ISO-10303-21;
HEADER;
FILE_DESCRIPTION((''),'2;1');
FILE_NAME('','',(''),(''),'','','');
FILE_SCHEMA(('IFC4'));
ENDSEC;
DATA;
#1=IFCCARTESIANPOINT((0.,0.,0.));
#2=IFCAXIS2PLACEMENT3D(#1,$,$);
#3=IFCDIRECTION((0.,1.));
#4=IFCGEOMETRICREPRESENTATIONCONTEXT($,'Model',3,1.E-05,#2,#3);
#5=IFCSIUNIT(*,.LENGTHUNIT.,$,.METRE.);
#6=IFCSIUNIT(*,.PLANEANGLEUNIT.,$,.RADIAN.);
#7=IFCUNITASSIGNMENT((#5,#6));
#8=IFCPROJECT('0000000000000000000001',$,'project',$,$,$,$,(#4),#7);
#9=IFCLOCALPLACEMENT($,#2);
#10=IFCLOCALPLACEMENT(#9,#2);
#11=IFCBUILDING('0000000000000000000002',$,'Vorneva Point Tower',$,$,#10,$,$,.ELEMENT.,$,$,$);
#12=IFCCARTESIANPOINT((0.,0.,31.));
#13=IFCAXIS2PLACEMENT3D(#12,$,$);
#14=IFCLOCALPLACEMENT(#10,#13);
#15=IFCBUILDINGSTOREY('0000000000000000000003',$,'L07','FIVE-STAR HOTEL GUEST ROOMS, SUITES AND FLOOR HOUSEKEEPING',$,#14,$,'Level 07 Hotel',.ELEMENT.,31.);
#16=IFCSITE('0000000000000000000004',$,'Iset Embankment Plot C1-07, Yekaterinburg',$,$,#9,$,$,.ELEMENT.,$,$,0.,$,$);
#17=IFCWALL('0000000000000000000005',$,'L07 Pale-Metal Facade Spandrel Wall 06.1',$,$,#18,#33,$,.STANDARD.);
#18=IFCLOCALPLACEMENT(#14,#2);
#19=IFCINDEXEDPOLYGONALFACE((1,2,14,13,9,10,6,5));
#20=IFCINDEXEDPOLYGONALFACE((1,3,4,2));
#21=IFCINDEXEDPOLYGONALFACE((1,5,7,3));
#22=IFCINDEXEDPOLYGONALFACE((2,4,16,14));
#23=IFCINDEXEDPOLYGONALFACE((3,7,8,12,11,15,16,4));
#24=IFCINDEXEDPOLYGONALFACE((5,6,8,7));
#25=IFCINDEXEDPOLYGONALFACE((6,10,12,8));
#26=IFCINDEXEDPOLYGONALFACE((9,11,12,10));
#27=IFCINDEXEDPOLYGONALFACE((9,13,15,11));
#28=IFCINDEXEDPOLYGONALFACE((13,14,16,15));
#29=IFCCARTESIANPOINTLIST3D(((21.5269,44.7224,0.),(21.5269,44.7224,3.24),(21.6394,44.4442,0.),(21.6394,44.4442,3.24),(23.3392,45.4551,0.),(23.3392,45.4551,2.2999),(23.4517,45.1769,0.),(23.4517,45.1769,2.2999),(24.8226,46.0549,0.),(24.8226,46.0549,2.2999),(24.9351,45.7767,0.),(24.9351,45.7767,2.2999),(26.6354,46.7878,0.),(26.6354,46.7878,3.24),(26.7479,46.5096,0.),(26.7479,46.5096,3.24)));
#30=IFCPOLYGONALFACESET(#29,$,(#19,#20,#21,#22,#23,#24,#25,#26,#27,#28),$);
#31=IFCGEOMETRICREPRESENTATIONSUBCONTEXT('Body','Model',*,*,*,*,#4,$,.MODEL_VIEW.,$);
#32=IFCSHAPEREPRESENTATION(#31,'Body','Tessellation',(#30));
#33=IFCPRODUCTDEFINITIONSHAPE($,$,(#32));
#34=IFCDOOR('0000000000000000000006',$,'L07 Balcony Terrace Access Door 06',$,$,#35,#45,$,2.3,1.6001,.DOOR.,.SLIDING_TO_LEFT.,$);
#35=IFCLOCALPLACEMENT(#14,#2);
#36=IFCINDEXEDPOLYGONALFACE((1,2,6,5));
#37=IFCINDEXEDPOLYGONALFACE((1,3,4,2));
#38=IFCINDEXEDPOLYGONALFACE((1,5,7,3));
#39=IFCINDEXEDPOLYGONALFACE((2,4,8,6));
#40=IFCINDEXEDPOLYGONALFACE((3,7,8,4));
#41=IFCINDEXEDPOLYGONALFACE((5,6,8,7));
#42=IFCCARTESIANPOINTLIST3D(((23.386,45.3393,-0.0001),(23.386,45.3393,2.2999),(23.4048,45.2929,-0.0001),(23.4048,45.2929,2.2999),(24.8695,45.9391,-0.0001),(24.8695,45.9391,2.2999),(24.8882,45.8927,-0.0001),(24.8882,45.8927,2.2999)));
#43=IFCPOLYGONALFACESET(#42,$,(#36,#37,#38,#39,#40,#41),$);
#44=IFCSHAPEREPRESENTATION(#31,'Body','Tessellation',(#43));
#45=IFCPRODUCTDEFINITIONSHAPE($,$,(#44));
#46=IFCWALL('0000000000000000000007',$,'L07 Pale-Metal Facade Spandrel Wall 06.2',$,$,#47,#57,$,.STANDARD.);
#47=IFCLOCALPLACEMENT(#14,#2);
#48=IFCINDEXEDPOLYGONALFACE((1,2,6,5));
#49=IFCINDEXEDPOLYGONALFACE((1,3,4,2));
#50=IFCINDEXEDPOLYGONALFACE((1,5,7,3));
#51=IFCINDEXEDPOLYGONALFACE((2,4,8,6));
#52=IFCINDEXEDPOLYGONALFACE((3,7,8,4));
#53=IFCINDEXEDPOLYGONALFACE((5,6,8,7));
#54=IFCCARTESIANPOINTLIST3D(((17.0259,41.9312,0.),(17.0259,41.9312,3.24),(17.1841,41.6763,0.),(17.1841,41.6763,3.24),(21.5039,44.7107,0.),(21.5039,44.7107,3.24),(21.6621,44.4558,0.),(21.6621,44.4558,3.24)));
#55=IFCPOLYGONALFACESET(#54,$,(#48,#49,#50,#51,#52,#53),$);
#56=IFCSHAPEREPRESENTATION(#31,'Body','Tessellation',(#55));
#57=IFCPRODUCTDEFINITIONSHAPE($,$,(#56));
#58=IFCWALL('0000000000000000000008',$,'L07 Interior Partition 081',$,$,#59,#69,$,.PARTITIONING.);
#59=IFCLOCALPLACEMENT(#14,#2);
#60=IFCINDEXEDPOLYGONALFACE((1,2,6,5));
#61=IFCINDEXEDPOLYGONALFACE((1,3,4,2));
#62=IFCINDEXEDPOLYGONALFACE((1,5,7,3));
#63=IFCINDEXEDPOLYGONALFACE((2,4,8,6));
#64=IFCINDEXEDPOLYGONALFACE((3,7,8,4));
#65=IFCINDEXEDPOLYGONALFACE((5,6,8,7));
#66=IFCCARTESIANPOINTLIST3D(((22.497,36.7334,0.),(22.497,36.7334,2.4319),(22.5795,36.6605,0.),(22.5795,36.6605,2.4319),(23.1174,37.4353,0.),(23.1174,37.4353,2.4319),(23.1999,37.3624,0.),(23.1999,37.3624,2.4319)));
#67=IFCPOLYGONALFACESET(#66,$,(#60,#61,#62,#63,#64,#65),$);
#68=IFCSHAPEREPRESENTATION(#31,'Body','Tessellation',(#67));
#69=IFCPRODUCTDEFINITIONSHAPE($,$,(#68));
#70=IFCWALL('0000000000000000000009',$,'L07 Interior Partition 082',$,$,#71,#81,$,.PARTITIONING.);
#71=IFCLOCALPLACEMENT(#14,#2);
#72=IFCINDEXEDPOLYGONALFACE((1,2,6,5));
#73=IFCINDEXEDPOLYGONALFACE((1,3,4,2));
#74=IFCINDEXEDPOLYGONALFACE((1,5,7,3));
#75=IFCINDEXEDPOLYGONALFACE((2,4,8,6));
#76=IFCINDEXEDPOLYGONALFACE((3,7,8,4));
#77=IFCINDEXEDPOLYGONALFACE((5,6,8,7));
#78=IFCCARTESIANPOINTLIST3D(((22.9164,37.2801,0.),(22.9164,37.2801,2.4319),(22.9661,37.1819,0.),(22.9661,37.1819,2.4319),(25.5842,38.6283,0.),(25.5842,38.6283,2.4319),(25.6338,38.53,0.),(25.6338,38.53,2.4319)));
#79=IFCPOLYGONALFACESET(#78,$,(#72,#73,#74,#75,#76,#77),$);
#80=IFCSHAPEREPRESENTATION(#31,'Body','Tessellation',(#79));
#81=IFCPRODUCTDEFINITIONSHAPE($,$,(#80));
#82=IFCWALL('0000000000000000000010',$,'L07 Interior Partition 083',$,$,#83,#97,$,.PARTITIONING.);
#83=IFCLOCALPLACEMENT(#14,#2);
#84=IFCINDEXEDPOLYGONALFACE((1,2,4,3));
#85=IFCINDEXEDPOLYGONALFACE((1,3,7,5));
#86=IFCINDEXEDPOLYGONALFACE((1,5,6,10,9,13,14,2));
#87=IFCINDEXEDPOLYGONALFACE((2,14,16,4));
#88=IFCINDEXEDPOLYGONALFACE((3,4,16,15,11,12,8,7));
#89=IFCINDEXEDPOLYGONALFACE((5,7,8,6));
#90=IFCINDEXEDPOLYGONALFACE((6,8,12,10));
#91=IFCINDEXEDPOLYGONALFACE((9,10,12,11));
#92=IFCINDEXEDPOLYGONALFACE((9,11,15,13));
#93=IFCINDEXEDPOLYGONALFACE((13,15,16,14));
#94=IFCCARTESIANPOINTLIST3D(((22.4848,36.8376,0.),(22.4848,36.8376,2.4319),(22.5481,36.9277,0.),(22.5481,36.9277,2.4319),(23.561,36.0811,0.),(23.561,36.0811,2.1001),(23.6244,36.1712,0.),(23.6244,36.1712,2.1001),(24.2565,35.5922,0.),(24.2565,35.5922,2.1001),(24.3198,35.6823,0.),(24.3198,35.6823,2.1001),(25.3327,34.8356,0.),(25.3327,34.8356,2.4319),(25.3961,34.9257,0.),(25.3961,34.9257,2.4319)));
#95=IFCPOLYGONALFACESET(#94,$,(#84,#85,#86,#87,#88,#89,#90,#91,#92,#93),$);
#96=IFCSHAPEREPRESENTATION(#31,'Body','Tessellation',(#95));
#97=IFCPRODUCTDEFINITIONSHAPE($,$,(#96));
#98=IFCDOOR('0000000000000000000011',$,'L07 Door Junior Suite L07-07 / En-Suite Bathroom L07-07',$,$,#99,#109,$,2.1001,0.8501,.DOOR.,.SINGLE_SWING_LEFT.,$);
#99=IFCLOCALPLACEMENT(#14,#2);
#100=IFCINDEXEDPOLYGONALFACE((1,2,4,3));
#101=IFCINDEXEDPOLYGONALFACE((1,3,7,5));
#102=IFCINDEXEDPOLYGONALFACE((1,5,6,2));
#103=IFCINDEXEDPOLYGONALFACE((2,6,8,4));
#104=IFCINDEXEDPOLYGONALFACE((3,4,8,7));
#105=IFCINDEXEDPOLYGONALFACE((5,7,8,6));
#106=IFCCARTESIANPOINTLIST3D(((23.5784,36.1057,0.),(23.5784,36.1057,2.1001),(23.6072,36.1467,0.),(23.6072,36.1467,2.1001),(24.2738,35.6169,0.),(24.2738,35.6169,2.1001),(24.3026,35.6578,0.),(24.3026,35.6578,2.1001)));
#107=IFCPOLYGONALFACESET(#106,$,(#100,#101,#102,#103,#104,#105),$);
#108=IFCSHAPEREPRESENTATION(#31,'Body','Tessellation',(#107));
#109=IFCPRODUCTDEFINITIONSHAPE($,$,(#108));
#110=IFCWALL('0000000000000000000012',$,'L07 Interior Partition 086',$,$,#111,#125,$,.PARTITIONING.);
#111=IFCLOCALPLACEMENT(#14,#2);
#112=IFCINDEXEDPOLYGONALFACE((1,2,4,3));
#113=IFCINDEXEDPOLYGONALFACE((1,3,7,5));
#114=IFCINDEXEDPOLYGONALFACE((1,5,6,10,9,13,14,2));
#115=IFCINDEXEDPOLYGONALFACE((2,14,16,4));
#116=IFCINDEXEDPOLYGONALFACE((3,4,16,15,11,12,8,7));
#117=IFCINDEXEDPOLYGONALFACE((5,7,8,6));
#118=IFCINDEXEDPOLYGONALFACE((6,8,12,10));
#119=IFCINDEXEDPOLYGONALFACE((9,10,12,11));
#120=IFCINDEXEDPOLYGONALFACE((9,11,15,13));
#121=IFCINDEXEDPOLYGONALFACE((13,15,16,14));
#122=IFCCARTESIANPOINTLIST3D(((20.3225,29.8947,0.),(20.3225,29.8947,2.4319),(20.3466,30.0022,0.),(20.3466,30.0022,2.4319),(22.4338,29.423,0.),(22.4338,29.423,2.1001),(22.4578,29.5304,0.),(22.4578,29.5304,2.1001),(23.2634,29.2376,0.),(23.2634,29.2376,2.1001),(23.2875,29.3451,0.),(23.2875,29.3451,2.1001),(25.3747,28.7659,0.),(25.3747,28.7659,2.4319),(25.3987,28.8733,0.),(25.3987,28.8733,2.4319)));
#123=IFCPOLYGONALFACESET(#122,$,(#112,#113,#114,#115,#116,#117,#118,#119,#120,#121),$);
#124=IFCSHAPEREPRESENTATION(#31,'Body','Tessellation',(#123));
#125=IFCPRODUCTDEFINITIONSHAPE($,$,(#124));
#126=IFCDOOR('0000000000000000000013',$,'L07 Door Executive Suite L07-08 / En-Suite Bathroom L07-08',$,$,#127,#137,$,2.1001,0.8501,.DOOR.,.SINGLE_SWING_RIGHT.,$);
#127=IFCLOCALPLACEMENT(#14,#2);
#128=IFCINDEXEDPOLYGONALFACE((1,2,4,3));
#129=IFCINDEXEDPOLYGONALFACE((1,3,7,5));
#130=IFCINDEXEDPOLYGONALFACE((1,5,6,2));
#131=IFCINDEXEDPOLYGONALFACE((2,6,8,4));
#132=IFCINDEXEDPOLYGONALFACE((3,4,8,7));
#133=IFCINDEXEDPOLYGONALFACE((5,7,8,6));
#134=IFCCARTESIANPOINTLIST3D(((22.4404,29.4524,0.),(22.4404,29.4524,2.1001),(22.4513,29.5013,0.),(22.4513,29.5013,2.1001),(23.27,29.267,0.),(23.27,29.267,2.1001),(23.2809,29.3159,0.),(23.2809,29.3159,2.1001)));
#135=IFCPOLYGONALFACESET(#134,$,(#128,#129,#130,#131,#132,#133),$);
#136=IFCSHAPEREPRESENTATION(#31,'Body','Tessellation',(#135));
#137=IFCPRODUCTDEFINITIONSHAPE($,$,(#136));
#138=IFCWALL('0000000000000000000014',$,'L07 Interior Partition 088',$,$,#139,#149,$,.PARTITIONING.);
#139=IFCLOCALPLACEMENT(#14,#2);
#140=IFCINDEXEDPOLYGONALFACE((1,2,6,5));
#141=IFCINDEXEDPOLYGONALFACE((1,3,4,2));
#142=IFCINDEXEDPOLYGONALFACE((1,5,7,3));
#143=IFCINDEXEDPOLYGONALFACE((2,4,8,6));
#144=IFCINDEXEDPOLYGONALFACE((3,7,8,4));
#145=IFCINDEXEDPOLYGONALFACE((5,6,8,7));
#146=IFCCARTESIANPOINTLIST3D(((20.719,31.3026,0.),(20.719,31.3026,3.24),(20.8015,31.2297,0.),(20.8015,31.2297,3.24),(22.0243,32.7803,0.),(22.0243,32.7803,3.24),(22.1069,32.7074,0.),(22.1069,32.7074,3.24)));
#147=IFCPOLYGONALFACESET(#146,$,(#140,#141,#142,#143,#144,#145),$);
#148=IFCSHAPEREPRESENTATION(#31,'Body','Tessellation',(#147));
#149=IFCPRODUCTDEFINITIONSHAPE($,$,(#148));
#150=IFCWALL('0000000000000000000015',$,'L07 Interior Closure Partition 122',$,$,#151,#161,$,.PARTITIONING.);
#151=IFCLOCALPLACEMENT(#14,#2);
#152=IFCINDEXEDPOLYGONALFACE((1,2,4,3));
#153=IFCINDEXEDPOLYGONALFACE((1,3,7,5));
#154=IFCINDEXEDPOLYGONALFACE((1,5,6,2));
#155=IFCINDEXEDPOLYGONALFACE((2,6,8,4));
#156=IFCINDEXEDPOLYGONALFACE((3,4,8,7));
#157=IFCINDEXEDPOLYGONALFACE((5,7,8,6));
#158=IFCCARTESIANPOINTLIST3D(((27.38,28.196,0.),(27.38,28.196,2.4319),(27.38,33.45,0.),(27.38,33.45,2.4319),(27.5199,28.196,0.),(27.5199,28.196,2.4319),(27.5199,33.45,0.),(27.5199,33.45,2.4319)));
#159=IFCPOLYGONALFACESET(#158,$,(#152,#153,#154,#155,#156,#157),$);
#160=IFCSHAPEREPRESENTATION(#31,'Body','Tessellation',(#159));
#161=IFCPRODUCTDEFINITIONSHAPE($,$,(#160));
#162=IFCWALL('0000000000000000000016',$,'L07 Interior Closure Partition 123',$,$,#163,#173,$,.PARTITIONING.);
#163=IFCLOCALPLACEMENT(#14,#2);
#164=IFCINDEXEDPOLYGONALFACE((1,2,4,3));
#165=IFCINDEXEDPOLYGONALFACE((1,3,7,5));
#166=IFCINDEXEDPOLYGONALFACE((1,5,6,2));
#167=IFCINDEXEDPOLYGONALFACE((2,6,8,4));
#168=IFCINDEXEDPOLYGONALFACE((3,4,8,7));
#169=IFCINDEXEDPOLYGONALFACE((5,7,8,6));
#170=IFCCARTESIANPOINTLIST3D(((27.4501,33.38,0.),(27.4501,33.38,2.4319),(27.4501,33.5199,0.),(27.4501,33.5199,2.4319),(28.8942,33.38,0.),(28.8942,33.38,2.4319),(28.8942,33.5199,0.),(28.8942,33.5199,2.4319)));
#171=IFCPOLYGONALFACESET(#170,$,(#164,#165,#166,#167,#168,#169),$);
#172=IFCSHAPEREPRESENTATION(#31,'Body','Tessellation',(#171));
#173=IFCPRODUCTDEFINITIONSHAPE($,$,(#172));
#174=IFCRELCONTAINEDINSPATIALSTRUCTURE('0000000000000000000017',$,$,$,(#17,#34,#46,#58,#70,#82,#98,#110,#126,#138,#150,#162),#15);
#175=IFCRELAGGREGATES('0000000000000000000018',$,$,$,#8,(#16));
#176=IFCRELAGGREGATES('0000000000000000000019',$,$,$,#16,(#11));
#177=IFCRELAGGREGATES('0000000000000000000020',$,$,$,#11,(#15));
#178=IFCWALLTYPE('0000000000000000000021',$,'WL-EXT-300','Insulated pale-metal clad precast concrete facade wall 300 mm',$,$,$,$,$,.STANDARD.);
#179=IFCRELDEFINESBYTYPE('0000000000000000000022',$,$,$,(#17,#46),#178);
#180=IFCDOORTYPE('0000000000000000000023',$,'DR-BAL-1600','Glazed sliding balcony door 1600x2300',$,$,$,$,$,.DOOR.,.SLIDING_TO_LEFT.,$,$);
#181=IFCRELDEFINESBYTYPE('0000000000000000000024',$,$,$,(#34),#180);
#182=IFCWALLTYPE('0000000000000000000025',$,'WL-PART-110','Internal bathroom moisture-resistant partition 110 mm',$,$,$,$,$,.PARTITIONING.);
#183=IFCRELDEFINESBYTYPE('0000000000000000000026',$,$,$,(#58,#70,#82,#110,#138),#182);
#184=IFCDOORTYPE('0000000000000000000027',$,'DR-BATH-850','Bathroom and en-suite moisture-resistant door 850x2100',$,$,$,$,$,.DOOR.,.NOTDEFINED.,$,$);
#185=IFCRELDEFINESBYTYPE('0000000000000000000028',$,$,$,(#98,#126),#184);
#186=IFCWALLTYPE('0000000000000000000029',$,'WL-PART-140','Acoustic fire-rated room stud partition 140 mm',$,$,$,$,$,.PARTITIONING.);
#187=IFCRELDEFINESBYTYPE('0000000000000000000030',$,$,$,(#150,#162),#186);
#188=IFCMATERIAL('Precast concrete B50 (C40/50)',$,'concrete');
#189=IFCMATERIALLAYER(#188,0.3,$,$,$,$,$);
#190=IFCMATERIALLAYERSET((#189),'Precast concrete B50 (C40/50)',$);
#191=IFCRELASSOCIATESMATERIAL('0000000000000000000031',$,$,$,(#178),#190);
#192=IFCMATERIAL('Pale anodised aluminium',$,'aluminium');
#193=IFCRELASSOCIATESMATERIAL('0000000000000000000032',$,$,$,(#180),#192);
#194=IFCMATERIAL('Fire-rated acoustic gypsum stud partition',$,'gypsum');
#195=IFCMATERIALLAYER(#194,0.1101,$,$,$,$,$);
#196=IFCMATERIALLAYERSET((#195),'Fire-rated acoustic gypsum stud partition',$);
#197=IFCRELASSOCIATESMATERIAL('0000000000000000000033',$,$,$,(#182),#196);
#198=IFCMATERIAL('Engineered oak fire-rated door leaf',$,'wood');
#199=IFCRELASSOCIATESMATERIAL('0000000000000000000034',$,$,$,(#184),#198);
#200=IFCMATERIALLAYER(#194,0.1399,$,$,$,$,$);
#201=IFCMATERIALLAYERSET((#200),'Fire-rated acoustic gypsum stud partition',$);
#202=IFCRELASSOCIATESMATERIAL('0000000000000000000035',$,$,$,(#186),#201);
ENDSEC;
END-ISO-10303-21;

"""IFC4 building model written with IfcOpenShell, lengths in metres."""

from ifc_helpers import new_model, si_unit, direction, frame, frame_2d, origin, place, context, subcontext, project, spatial, rectangle, extrude, material, layer, layer_set, type_object, element, fill, save


model = new_model("IFC4")

# Units and contexts
model_context = context("Model", 3, precision=1e-05, world=origin(), true_north=direction((0.0, 1.0)))
body_context = subcontext(model_context, "Body", "Model", "MODEL_VIEW")
ifc_project = project(units=[si_unit("LENGTHUNIT", "METRE"), si_unit("PLANEANGLEUNIT", "RADIAN")], contexts=[model_context])

# Site, building, storey
site_placement = place(None, origin())
site = spatial("IfcSite", under=ifc_project, at=site_placement, Name="Iset Embankment Plot C1-07, Yekaterinburg", CompositionType="ELEMENT", RefElevation=0.0)
building_placement = place(site_placement, origin())
building = spatial("IfcBuilding", under=site, at=building_placement, Name="Vorneva Point Tower", CompositionType="ELEMENT")
storey_placement = place(building_placement, frame((0.0, 0.0, 31.0)))
storey = spatial("IfcBuildingStorey", under=building, at=storey_placement, Name="L07", Description="FIVE-STAR HOTEL GUEST ROOMS, SUITES AND FLOOR HOUSEKEEPING", LongName="Level 07 Hotel", CompositionType="ELEMENT", Elevation=31.0)

# Shared definitions
ifc_material_1 = material(Name="Pale anodised aluminium", Category="aluminium")

# Wall, opening, door
ifc_material_2 = material(Name="Precast concrete B50 (C40/50)", Category="concrete")
ifc_layer_1 = layer(ifc_material_2, 0.3)
ifc_layer_set_1 = layer_set([ifc_layer_1], Name="Precast concrete B50 (C40/50)")
wall_type_1 = type_object("IfcWallType", Name="WL-EXT-300", Description="Insulated pale-metal clad precast concrete facade wall 300 mm", PredefinedType="STANDARD", material=ifc_layer_set_1)
wall_1_placement = place(storey_placement, frame((26.6917, 46.6487, 0.0), z_axis=(0.0, 0.0, 1.0), x_axis=(-0.927095, -0.374826, 0.0)))
wall_1 = element("IfcWall", 1, at=wall_1_placement, inside=storey, type_object=wall_type_1, Name="L07 Pale-Metal Facade Spandrel Wall 06.1", PredefinedType="STANDARD", context=body_context, shape_type="SweptSolid", body=[
    extrude(rectangle(XDim=5.5103, YDim=0.3, at=frame_2d((2.7551, 0.0))), origin(), (0.0, 0.0, 1.0), 3.24),
])
opening_1_placement = place(wall_1_placement, frame((1.9553, 0.0, 0.0)))
opening_1 = element("IfcOpeningElement", 2, at=opening_1_placement, cuts=wall_1, PredefinedType="OPENING", context=body_context, shape_type="SweptSolid", body=[
    extrude(rectangle(XDim=1.6001, YDim=2.3, at=frame_2d((0.8, 1.1499))), frame((0.0, 0.165, 0.0), z_axis=(0.0, -1.0, 0.0), x_axis=(1.0, 0.0, 0.0)), (0.0, 0.0, 1.0), 0.3298),
])
door_type_1 = type_object("IfcDoorType", Name="DR-BAL-1600", Description="Glazed sliding balcony door 1600x2300", OperationType="SLIDING_TO_LEFT", PredefinedType="DOOR", material=ifc_material_1)
door_1_placement = place(opening_1_placement, origin())
door_1 = element("IfcDoor", 3, at=door_1_placement, inside=storey, type_object=door_type_1, Name="L07 Balcony Terrace Access Door 06", OperationType="SLIDING_TO_LEFT", OverallHeight=2.3, OverallWidth=1.6001, PredefinedType="DOOR", context=body_context, shape_type="SweptSolid", body=[
    extrude(rectangle(XDim=1.6001, YDim=2.3, at=frame_2d((0.8, 1.1499))), frame((0.0, 0.0249, 0.0), z_axis=(0.0, -1.0, 0.0), x_axis=(1.0, 0.0, 0.0)), (0.0, 0.0, 1.0), 0.05),
])
fill(opening_1, door_1)

# Walls
wall_2_placement = place(storey_placement, frame((21.583, 44.5833, 0.0), z_axis=(0.0, 0.0, 1.0), x_axis=(-0.849634, -0.527373, 0.0)))
element("IfcWall", 4, at=wall_2_placement, inside=storey, type_object=wall_type_1, Name="L07 Pale-Metal Facade Spandrel Wall 06.2", PredefinedType="STANDARD", context=body_context, shape_type="SweptSolid", body=[
    extrude(rectangle(XDim=5.2705, YDim=0.3, at=frame_2d((2.6353, 0.0))), origin(), (0.0, 0.0, 1.0), 3.24),
])
ifc_material_3 = material(Name="Fire-rated acoustic gypsum stud partition", Category="gypsum")
ifc_layer_2 = layer(ifc_material_3, 0.1101)
ifc_layer_set_2 = layer_set([ifc_layer_2], Name="Fire-rated acoustic gypsum stud partition")
wall_type_2 = type_object("IfcWallType", Name="WL-PART-110", Description="Internal bathroom moisture-resistant partition 110 mm", PredefinedType="PARTITIONING", material=ifc_layer_set_2)
wall_3_placement = place(storey_placement, frame((22.5383, 36.697, 0.0), z_axis=(0.0, 0.0, 1.0), x_axis=(0.662242, 0.74929, 0.0)))
element("IfcWall", 5, at=wall_3_placement, inside=storey, type_object=wall_type_2, Name="L07 Interior Partition 081", PredefinedType="PARTITIONING", context=body_context, shape_type="SweptSolid", body=[
    extrude(rectangle(XDim=0.9368, YDim=0.1101, at=frame_2d((0.4683, 0.0))), origin(), (0.0, 0.0, 1.0), 2.4319),
])
wall_4_placement = place(storey_placement, frame((22.9412, 37.231, 0.0), z_axis=(0.0, 0.0, 1.0), x_axis=(0.892508, 0.451032, 0.0)))
element("IfcWall", 6, at=wall_4_placement, inside=storey, type_object=wall_type_2, Name="L07 Interior Partition 082", PredefinedType="PARTITIONING", context=body_context, shape_type="SweptSolid", body=[
    extrude(rectangle(XDim=2.989, YDim=0.1101, at=frame_2d((1.4946, 0.0))), origin(), (0.0, 0.0, 1.0), 2.4319),
])

# Walls, openings, doors
wall_5_placement = place(storey_placement, frame((25.3645, 34.8806, 0.0), z_axis=(0.0, 0.0, 1.0), x_axis=(-0.818094, 0.575085, 0.0)))
wall_5 = element("IfcWall", 7, at=wall_5_placement, inside=storey, type_object=wall_type_2, Name="L07 Interior Partition 083", PredefinedType="PARTITIONING", context=body_context, shape_type="SweptSolid", body=[
    extrude(rectangle(XDim=3.4812, YDim=0.1101, at=frame_2d((1.7407, 0.0))), origin(), (0.0, 0.0, 1.0), 2.4319),
])
opening_2_placement = place(wall_5_placement, frame((1.3157, 0.0, 0.0)))
opening_2 = element("IfcOpeningElement", 8, at=opening_2_placement, cuts=wall_5, PredefinedType="OPENING", context=body_context, shape_type="SweptSolid", body=[
    extrude(rectangle(XDim=0.8501, YDim=2.1001, at=frame_2d((0.425, 1.05))), frame((0.0, 0.0698, 0.0), z_axis=(0.0, -1.0, 0.0), x_axis=(1.0, 0.0, 0.0)), (0.0, 0.0, 1.0), 0.1399),
])
ifc_material_4 = material(Name="Engineered oak fire-rated door leaf", Category="wood")
door_type_2 = type_object("IfcDoorType", Name="DR-BATH-850", Description="Bathroom and en-suite moisture-resistant door 850x2100", OperationType="NOTDEFINED", PredefinedType="DOOR", material=ifc_material_4)
door_2_placement = place(opening_2_placement, origin())
door_2 = element("IfcDoor", 9, at=door_2_placement, inside=storey, type_object=door_type_2, Name="L07 Door Junior Suite L07-07 / En-Suite Bathroom L07-07", OperationType="SINGLE_SWING_LEFT", OverallHeight=2.1001, OverallWidth=0.8501, PredefinedType="DOOR", context=body_context, shape_type="SweptSolid", body=[
    extrude(rectangle(XDim=0.8501, YDim=2.1001, at=frame_2d((0.425, 1.05))), frame((0.0, 0.0249, 0.0), z_axis=(0.0, -1.0, 0.0), x_axis=(1.0, 0.0, 0.0)), (0.0, 0.0, 1.0), 0.05),
])
fill(opening_2, door_2)
wall_6_placement = place(storey_placement, frame((25.3867, 28.8196, 0.0), z_axis=(0.0, 0.0, 1.0), x_axis=(-0.975933, 0.218069, 0.0)))
wall_6 = element("IfcWall", 10, at=wall_6_placement, inside=storey, type_object=wall_type_2, Name="L07 Interior Partition 086", PredefinedType="PARTITIONING", context=body_context, shape_type="SweptSolid", body=[
    extrude(rectangle(XDim=5.1768, YDim=0.1101, at=frame_2d((2.5884, 0.0))), origin(), (0.0, 0.0, 1.0), 2.4319),
])
opening_3_placement = place(wall_6_placement, frame((2.1633, 0.0, 0.0)))
opening_3 = element("IfcOpeningElement", 11, at=opening_3_placement, cuts=wall_6, PredefinedType="OPENING", context=body_context, shape_type="SweptSolid", body=[
    extrude(rectangle(XDim=0.8501, YDim=2.1001, at=frame_2d((0.425, 1.05))), frame((0.0, 0.0698, 0.0), z_axis=(0.0, -1.0, 0.0), x_axis=(1.0, 0.0, 0.0)), (0.0, 0.0, 1.0), 0.1399),
])
door_3_placement = place(opening_3_placement, origin())
door_3 = element("IfcDoor", 12, at=door_3_placement, inside=storey, type_object=door_type_2, Name="L07 Door Executive Suite L07-08 / En-Suite Bathroom L07-08", OperationType="SINGLE_SWING_RIGHT", OverallHeight=2.1001, OverallWidth=0.8501, PredefinedType="DOOR", context=body_context, shape_type="SweptSolid", body=[
    extrude(rectangle(XDim=0.8501, YDim=2.1001, at=frame_2d((0.425, 1.05))), frame((0.0, 0.0249, 0.0), z_axis=(0.0, -1.0, 0.0), x_axis=(1.0, 0.0, 0.0)), (0.0, 0.0, 1.0), 0.05),
])
fill(opening_3, door_3)

# Walls
wall_7_placement = place(storey_placement, frame((20.7603, 31.2661, 0.0), z_axis=(0.0, 0.0, 1.0), x_axis=(0.662047, 0.749462, 0.0)))
element("IfcWall", 13, at=wall_7_placement, inside=storey, type_object=wall_type_2, Name="L07 Interior Partition 088", PredefinedType="PARTITIONING", context=body_context, shape_type="SweptSolid", body=[
    extrude(rectangle(XDim=1.9717, YDim=0.1101, at=frame_2d((0.9858, 0.0))), origin(), (0.0, 0.0, 1.0), 3.24),
])
ifc_layer_3 = layer(ifc_material_3, 0.1399)
ifc_layer_set_3 = layer_set([ifc_layer_3], Name="Fire-rated acoustic gypsum stud partition")
wall_type_3 = type_object("IfcWallType", Name="WL-PART-140", Description="Acoustic fire-rated room stud partition 140 mm", PredefinedType="PARTITIONING", material=ifc_layer_set_3)
wall_8_placement = place(storey_placement, frame((27.45, 28.196, 0.0), z_axis=(0.0, 0.0, 1.0), x_axis=(0.0, 1.0, 0.0)))
element("IfcWall", 14, at=wall_8_placement, inside=storey, type_object=wall_type_3, Name="L07 Interior Closure Partition 122", PredefinedType="PARTITIONING", context=body_context, shape_type="SweptSolid", body=[
    extrude(rectangle(XDim=5.2539, YDim=0.1399, at=frame_2d((2.627, 0.0))), origin(), (0.0, 0.0, 1.0), 2.4319),
])
wall_9_placement = place(storey_placement, frame((27.45, 33.45, 0.0), z_axis=(0.0, 0.0, 1.0), x_axis=(1.0, 0.0, 0.0)))
element("IfcWall", 15, at=wall_9_placement, inside=storey, type_object=wall_type_3, Name="L07 Interior Closure Partition 123", PredefinedType="PARTITIONING", context=body_context, shape_type="SweptSolid", body=[
    extrude(rectangle(XDim=1.4441, YDim=0.1399, at=frame_2d((0.7222, 0.0))), origin(), (0.0, 0.0, 1.0), 2.4319),
])

save(model, "model.ifc")
